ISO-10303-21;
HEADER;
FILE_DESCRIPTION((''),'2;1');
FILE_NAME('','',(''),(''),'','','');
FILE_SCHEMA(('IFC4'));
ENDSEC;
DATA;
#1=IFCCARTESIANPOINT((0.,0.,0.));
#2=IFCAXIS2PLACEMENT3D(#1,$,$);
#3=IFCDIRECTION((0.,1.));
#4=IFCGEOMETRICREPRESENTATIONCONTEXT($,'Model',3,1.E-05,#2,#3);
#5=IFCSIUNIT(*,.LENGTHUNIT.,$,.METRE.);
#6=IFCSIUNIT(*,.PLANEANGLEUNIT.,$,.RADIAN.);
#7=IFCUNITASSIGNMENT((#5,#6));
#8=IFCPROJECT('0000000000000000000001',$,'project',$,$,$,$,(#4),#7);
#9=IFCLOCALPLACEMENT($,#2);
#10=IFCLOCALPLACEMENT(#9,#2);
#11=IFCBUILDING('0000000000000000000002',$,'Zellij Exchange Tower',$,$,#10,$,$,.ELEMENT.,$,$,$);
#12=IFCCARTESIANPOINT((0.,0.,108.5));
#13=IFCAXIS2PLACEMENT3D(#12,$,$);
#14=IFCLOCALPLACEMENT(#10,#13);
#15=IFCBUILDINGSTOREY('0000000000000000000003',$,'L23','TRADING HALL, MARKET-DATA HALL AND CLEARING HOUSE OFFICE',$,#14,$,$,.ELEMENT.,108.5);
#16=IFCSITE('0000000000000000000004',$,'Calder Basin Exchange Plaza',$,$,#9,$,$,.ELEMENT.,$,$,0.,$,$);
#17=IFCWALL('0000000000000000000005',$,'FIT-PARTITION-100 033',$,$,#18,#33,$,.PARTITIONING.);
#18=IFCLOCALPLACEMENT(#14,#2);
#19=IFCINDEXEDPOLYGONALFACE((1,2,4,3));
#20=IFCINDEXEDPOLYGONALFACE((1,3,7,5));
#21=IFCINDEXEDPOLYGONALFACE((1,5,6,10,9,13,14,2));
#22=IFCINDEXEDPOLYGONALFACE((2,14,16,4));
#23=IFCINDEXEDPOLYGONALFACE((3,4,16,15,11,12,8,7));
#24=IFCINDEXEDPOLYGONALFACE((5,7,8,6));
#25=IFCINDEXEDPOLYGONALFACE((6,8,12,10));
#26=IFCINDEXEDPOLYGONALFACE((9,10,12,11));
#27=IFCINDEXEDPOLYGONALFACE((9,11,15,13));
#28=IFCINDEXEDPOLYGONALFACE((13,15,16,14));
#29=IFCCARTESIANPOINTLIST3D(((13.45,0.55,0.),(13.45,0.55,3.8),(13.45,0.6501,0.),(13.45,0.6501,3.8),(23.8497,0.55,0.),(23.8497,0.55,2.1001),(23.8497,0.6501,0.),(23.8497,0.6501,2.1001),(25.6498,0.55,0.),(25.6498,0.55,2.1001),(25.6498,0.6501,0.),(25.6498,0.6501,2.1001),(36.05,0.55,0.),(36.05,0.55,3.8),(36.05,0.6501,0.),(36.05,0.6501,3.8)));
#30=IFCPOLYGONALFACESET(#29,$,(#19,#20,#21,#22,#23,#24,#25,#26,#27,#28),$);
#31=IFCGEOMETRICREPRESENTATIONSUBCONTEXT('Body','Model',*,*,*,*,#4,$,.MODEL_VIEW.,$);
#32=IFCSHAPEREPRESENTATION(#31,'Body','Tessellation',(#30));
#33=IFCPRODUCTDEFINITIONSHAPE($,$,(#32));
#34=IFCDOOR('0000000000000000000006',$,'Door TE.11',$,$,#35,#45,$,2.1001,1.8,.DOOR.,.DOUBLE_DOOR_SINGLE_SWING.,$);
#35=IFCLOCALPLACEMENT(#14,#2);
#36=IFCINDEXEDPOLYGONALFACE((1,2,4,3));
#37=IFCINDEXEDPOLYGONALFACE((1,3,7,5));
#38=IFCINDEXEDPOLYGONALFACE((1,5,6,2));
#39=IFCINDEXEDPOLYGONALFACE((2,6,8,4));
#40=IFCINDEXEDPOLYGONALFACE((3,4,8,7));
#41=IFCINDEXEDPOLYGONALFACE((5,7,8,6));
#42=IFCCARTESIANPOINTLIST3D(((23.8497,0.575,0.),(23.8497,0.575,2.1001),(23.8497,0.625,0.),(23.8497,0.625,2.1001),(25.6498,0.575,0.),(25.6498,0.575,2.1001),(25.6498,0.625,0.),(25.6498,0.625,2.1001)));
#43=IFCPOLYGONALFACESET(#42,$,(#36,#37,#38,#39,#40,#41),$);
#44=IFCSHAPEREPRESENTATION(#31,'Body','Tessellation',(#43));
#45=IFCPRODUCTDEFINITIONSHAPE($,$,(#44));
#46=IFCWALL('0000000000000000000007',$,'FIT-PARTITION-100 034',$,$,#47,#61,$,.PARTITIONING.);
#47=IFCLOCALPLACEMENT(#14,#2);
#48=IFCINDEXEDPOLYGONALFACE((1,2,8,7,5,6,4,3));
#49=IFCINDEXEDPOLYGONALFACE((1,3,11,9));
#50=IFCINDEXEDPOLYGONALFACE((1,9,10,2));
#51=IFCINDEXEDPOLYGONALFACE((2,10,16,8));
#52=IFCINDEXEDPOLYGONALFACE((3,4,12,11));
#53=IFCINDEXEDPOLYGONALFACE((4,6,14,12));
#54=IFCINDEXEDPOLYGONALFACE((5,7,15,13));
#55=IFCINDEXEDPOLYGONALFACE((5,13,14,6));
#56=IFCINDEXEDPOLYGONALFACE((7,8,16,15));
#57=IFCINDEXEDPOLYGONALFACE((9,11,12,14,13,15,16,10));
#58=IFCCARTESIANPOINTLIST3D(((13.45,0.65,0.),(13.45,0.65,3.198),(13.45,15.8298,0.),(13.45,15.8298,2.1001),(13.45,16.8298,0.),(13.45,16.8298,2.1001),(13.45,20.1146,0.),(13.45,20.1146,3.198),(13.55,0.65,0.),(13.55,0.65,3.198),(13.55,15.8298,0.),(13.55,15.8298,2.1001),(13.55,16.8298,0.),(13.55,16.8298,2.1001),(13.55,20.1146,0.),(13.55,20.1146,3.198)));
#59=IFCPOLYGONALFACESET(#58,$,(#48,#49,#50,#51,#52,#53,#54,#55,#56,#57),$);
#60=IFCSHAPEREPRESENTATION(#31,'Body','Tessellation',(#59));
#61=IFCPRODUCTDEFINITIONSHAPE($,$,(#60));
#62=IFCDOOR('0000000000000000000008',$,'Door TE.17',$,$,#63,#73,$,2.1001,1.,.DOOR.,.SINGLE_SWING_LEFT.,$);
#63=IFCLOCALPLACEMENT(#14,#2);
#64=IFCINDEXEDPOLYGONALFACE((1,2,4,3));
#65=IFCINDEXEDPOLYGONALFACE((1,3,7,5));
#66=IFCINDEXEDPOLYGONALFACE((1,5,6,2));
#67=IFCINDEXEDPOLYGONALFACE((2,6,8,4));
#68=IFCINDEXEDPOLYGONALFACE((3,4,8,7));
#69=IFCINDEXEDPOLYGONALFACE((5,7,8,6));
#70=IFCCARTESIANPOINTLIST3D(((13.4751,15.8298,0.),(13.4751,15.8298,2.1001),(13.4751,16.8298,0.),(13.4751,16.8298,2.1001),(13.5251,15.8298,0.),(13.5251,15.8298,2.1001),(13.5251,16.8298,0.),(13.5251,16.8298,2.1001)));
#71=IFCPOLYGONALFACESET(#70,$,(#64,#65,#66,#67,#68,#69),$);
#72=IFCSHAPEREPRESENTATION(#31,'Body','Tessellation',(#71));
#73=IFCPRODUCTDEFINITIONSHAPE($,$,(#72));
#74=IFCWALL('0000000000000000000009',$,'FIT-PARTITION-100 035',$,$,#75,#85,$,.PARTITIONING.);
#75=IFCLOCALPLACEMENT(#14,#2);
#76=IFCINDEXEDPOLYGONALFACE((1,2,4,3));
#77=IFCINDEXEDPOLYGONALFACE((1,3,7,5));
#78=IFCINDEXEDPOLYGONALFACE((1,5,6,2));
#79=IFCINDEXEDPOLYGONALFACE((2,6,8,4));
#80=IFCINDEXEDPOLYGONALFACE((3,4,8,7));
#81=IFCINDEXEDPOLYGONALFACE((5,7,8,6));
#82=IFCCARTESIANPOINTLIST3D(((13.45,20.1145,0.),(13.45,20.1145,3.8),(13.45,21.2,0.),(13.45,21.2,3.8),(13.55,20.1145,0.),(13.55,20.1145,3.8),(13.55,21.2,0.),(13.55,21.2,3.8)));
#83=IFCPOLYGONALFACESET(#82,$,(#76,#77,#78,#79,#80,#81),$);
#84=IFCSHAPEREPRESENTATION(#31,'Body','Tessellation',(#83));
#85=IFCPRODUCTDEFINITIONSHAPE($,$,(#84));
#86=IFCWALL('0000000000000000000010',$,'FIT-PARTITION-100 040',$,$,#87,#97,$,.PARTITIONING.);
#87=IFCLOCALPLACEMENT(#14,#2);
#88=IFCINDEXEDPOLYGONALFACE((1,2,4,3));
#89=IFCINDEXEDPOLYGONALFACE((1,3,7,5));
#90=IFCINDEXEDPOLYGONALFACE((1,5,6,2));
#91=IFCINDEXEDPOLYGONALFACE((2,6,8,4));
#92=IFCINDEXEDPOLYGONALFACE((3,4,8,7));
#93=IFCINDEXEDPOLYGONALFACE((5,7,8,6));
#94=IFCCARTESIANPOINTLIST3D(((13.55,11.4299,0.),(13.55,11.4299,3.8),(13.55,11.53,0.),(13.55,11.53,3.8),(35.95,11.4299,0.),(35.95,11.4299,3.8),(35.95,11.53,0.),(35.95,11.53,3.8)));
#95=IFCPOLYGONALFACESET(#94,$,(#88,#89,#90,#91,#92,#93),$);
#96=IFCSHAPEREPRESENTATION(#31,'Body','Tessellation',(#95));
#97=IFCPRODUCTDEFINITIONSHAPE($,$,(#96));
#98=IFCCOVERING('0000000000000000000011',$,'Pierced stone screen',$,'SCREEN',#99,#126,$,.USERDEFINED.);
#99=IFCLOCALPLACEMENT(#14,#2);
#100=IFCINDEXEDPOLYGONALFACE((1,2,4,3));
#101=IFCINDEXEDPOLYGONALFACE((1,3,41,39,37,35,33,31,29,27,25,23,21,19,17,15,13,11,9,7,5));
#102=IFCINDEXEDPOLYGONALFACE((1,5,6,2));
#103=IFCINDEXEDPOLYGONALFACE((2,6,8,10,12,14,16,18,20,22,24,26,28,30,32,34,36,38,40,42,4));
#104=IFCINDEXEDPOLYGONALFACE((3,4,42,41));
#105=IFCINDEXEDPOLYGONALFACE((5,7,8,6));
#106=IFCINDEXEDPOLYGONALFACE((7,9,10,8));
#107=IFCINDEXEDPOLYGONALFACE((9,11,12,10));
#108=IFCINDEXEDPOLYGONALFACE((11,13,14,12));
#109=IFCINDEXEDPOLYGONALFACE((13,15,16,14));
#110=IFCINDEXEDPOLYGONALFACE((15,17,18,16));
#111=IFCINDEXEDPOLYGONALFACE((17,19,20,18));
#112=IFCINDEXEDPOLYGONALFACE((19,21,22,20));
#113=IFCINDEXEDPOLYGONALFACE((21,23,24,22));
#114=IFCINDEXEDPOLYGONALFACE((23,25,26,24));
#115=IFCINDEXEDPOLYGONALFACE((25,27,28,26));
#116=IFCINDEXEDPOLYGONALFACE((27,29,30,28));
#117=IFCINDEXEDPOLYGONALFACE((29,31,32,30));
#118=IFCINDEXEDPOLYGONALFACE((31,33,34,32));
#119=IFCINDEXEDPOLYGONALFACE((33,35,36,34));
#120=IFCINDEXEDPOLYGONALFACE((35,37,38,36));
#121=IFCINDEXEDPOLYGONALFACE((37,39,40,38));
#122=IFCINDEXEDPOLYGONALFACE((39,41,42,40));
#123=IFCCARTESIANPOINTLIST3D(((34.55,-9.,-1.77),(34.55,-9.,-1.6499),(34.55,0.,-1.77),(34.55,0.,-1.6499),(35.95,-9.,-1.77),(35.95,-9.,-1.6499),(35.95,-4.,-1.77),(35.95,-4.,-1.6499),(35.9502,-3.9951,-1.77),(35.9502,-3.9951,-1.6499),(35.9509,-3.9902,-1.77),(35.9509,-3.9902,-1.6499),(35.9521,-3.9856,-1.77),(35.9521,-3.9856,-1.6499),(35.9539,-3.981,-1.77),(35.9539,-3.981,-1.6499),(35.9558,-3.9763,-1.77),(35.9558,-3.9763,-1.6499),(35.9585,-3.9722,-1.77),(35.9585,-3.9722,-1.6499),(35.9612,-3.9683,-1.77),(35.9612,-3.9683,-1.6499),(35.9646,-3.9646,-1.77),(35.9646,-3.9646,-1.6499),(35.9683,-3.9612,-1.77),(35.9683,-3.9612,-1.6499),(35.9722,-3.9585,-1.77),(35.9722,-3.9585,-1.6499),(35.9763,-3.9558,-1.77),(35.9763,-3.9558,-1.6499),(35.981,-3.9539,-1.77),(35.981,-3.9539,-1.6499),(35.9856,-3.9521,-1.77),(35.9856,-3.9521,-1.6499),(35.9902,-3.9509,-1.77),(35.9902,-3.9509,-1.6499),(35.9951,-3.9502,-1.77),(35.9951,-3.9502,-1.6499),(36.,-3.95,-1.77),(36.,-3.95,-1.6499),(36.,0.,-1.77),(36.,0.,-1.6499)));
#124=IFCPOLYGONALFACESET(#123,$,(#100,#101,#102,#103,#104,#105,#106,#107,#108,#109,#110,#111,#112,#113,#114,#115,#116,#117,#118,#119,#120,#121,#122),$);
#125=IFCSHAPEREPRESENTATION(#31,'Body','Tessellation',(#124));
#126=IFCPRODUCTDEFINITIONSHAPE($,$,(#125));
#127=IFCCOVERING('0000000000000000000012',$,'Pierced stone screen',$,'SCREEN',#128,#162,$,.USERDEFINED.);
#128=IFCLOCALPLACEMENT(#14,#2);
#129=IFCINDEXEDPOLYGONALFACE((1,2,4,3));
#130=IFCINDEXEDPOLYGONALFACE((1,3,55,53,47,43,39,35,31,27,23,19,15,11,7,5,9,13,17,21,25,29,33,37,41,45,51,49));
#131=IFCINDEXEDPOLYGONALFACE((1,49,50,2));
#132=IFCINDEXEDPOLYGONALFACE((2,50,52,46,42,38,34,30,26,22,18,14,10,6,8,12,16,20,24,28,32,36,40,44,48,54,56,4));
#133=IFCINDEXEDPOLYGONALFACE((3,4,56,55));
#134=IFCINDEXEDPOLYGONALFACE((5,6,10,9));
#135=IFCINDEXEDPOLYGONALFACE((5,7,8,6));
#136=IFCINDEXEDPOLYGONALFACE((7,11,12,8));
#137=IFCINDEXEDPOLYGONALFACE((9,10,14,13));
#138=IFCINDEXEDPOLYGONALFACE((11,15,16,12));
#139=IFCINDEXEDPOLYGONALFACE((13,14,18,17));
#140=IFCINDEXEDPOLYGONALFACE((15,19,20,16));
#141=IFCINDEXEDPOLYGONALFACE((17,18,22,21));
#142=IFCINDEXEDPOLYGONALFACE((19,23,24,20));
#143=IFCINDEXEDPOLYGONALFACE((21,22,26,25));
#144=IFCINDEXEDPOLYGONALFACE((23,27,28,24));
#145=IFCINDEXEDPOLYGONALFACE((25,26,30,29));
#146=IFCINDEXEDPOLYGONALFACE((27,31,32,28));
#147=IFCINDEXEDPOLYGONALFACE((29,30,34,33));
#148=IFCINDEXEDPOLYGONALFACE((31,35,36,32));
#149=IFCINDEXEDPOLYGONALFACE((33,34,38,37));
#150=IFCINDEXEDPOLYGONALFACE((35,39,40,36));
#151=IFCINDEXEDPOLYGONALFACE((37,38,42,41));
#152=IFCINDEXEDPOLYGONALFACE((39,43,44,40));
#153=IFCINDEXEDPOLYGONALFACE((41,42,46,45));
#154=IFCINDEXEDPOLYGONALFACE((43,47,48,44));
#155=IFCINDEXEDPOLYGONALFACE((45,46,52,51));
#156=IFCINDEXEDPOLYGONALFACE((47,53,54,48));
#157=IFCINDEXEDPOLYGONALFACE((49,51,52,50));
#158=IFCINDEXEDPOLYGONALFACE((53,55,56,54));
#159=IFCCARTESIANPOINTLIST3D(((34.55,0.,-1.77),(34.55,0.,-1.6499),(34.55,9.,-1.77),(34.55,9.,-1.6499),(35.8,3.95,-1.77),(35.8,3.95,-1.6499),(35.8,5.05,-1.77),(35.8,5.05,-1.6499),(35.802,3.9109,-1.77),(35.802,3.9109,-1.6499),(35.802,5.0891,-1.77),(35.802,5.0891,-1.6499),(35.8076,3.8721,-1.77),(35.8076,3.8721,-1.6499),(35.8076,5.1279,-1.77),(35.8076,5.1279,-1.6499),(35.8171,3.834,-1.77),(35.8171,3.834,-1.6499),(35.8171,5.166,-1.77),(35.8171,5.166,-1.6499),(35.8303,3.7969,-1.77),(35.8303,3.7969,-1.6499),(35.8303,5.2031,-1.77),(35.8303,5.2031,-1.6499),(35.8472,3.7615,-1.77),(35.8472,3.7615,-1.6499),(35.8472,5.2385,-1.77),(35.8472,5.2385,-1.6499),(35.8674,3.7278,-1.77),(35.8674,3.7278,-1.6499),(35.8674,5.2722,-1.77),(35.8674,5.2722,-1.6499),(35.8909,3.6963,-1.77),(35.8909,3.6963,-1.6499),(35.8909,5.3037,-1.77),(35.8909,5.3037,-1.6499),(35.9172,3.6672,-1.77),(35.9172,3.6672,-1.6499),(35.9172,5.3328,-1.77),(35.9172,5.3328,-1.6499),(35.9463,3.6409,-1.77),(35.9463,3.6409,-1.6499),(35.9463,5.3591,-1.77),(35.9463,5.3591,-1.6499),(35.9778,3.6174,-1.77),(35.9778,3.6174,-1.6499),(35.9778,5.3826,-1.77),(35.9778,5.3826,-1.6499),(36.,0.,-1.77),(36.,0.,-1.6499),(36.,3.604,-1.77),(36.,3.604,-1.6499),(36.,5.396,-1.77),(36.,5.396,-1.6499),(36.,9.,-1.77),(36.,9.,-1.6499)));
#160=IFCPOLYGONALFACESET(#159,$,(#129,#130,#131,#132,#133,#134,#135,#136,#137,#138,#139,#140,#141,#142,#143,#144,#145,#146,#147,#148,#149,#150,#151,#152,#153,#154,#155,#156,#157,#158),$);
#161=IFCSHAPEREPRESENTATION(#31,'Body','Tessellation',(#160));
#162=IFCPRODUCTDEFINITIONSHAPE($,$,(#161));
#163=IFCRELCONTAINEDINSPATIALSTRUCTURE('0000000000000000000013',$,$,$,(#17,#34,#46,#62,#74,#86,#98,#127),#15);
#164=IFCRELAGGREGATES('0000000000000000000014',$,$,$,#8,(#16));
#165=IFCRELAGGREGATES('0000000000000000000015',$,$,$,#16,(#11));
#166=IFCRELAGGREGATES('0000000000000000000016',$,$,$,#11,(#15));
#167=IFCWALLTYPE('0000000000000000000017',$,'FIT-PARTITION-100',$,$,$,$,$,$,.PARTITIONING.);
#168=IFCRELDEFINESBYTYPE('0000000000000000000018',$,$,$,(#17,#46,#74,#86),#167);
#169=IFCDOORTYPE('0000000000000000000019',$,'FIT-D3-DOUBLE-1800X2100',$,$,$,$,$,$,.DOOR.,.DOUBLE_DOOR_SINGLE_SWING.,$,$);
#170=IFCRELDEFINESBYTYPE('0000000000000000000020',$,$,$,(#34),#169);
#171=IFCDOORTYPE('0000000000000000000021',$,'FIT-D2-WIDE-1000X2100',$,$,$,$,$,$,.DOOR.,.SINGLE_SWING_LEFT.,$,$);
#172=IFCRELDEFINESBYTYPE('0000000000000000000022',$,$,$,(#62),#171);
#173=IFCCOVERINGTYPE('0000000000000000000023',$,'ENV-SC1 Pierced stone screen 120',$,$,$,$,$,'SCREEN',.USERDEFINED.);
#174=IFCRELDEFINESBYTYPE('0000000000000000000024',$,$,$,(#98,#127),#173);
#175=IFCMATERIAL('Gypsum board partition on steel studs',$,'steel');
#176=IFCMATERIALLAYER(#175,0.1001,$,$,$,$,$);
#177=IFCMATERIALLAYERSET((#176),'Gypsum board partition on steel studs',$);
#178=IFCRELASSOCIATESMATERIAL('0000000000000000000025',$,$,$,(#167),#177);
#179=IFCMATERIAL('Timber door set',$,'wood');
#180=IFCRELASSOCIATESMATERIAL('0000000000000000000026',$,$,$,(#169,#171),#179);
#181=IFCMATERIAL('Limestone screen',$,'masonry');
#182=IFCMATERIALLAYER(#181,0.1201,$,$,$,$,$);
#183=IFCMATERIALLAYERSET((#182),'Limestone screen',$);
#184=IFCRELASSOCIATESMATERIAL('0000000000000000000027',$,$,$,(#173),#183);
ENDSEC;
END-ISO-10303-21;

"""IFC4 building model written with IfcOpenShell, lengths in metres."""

from ifc_helpers import new_model, si_unit, direction, frame, frame_2d, origin, place, context, subcontext, project, spatial, polyline, rectangle, outline, extrude, material, layer, layer_set, type_object, element, fill, save


model = new_model("IFC4")

# Units and contexts
model_context = context("Model", 3, precision=1e-05, world=origin(), true_north=direction((0.0, 1.0)))
body_context = subcontext(model_context, "Body", "Model", "MODEL_VIEW")
ifc_project = project(units=[si_unit("LENGTHUNIT", "METRE"), si_unit("PLANEANGLEUNIT", "RADIAN")], contexts=[model_context])

# Site, building, storey
site_placement = place(None, origin())
site = spatial("IfcSite", under=ifc_project, at=site_placement, Name="Calder Basin Exchange Plaza", CompositionType="ELEMENT", RefElevation=0.0)
building_placement = place(site_placement, origin())
building = spatial("IfcBuilding", under=site, at=building_placement, Name="Zellij Exchange Tower", CompositionType="ELEMENT")
storey_placement = place(building_placement, frame((0.0, 0.0, 108.5)))
storey = spatial("IfcBuildingStorey", under=building, at=storey_placement, Name="L23", Description="TRADING HALL, MARKET-DATA HALL AND CLEARING HOUSE OFFICE", CompositionType="ELEMENT", Elevation=108.5)

# Shared definitions
ifc_material_1 = material(Name="Gypsum board partition on steel studs", Category="steel")
ifc_layer_1 = layer(ifc_material_1, 0.1001)
ifc_layer_set_1 = layer_set([ifc_layer_1], Name="Gypsum board partition on steel studs")
wall_type = type_object("IfcWallType", Name="FIT-PARTITION-100", PredefinedType="PARTITIONING", material=ifc_layer_set_1)

# Walls, openings, doors
wall_1_placement = place(storey_placement, frame((13.45, 0.6001, 0.0), z_axis=(0.0, 0.0, 1.0), x_axis=(1.0, 0.0, 0.0)))
wall_1 = element("IfcWall", 1, at=wall_1_placement, inside=storey, type_object=wall_type, Name="FIT-PARTITION-100 033", PredefinedType="PARTITIONING", context=body_context, shape_type="SweptSolid", body=[
    extrude(rectangle(XDim=22.6001, YDim=0.1001, at=frame_2d((11.3, 0.0))), origin(), (0.0, 0.0, 1.0), 3.8),
])
opening_1_placement = place(wall_1_placement, frame((10.3999, 0.0, 0.0)))
opening_1 = element("IfcOpeningElement", 2, at=opening_1_placement, cuts=wall_1, PredefinedType="OPENING", context=body_context, shape_type="SweptSolid", body=[
    extrude(rectangle(XDim=1.8, YDim=2.1001, at=frame_2d((0.8999, 1.05))), frame((0.0, 0.062, 0.0), z_axis=(0.0, -1.0, 0.0), x_axis=(1.0, 0.0, 0.0)), (0.0, 0.0, 1.0), 0.124),
])
ifc_material_2 = material(Name="Timber door set", Category="wood")
door_type_1 = type_object("IfcDoorType", Name="FIT-D3-DOUBLE-1800X2100", OperationType="DOUBLE_DOOR_SINGLE_SWING", PredefinedType="DOOR", material=ifc_material_2)
door_1_placement = place(opening_1_placement, origin())
door_1 = element("IfcDoor", 3, at=door_1_placement, inside=storey, type_object=door_type_1, Name="Door TE.11", OperationType="DOUBLE_DOOR_SINGLE_SWING", OverallHeight=2.1001, OverallWidth=1.8, PredefinedType="DOOR", context=body_context, shape_type="SweptSolid", body=[
    extrude(rectangle(XDim=1.8, YDim=2.1001, at=frame_2d((0.8999, 1.05))), frame((0.0, 0.0249, 0.0), z_axis=(0.0, -1.0, 0.0), x_axis=(1.0, 0.0, 0.0)), (0.0, 0.0, 1.0), 0.05),
])
fill(opening_1, door_1)
wall_2_placement = place(storey_placement, frame((13.5, 0.6499, 0.0), z_axis=(0.0, 0.0, 1.0), x_axis=(0.0, 1.0, 0.0)))
wall_2 = element("IfcWall", 4, at=wall_2_placement, inside=storey, type_object=wall_type, Name="FIT-PARTITION-100 034", PredefinedType="PARTITIONING", context=body_context, shape_type="SweptSolid", body=[
    extrude(rectangle(XDim=19.4646, YDim=0.1001, at=frame_2d((9.7324, 0.0))), origin(), (0.0, 0.0, 1.0), 3.198),
])
opening_2_placement = place(wall_2_placement, frame((15.1799, 0.0, 0.0)))
opening_2 = element("IfcOpeningElement", 5, at=opening_2_placement, cuts=wall_2, PredefinedType="OPENING", context=body_context, shape_type="SweptSolid", body=[
    extrude(rectangle(XDim=1.0, YDim=2.1001, at=frame_2d((0.5, 1.05))), frame((0.0, 0.062, 0.0), z_axis=(0.0, -1.0, 0.0), x_axis=(1.0, 0.0, 0.0)), (0.0, 0.0, 1.0), 0.124),
])
door_type_2 = type_object("IfcDoorType", Name="FIT-D2-WIDE-1000X2100", OperationType="SINGLE_SWING_LEFT", PredefinedType="DOOR", material=ifc_material_2)
door_2_placement = place(opening_2_placement, origin())
door_2 = element("IfcDoor", 6, at=door_2_placement, inside=storey, type_object=door_type_2, Name="Door TE.17", OperationType="SINGLE_SWING_LEFT", OverallHeight=2.1001, OverallWidth=1.0, PredefinedType="DOOR", context=body_context, shape_type="SweptSolid", body=[
    extrude(rectangle(XDim=1.0, YDim=2.1001, at=frame_2d((0.5, 1.05))), frame((0.0, 0.0249, 0.0), z_axis=(0.0, -1.0, 0.0), x_axis=(1.0, 0.0, 0.0)), (0.0, 0.0, 1.0), 0.05),
])
fill(opening_2, door_2)

# Walls
wall_3_placement = place(storey_placement, frame((13.5, 20.1145, 0.0), z_axis=(0.0, 0.0, 1.0), x_axis=(0.0, 1.0, 0.0)))
element("IfcWall", 7, at=wall_3_placement, inside=storey, type_object=wall_type, Name="FIT-PARTITION-100 035", PredefinedType="PARTITIONING", context=body_context, shape_type="SweptSolid", body=[
    extrude(rectangle(XDim=1.0854, YDim=0.1001, at=frame_2d((0.5427, 0.0))), origin(), (0.0, 0.0, 1.0), 3.8),
])
wall_4_placement = place(storey_placement, frame((13.55, 11.48, 0.0), z_axis=(0.0, 0.0, 1.0), x_axis=(1.0, 0.0, 0.0)))
element("IfcWall", 8, at=wall_4_placement, inside=storey, type_object=wall_type, Name="FIT-PARTITION-100 040", PredefinedType="PARTITIONING", context=body_context, shape_type="SweptSolid", body=[
    extrude(rectangle(XDim=22.3999, YDim=0.1001, at=frame_2d((11.2, 0.0))), origin(), (0.0, 0.0, 1.0), 3.8),
])

# Coverings
ifc_material_3 = material(Name="Limestone screen", Category="masonry")
ifc_layer_2 = layer(ifc_material_3, 0.1201)
ifc_layer_set_2 = layer_set([ifc_layer_2], Name="Limestone screen")
covering_type = type_object("IfcCoveringType", Name="ENV-SC1 Pierced stone screen 120", ElementType="SCREEN", PredefinedType="USERDEFINED", material=ifc_layer_set_2)
covering_1_placement = place(storey_placement, frame((0.0, 0.0, -1.77)))
element("IfcCovering", 9, at=covering_1_placement, inside=storey, type_object=covering_type, Name="Pierced stone screen", ObjectType="SCREEN", PredefinedType="USERDEFINED", context=body_context, shape_type="SweptSolid", body=[
    extrude(outline(polyline([(34.55, 0.0), (36.0, 0.0), (36.0, -3.95), (35.9951, -3.9502), (35.9902, -3.9509), (35.9856, -3.9521), (35.981, -3.9539), (35.9763, -3.9558), (35.9722, -3.9585), (35.9683, -3.9612), (35.9646, -3.9646), (35.9612, -3.9683), (35.9585, -3.9722), (35.9558, -3.9763), (35.9539, -3.981), (35.9521, -3.9856), (35.9509, -3.9902), (35.9502, -3.9951), (35.95, -4.0), (35.95, -9.0), (34.55, -9.0), (34.55, 0.0)])), origin(), (0.0, 0.0, 1.0), 0.1201),
])
covering_2_placement = place(storey_placement, frame((0.0, 0.0, -1.77)))
element("IfcCovering", 10, at=covering_2_placement, inside=storey, type_object=covering_type, Name="Pierced stone screen", ObjectType="SCREEN", PredefinedType="USERDEFINED", context=body_context, shape_type="SweptSolid", body=[
    extrude(outline(polyline([(34.55, 9.0), (36.0, 9.0), (36.0, 5.396), (35.9778, 5.3826), (35.9463, 5.3591), (35.9172, 5.3328), (35.8909, 5.3037), (35.8674, 5.2722), (35.8472, 5.2385), (35.8303, 5.2031), (35.8171, 5.166), (35.8076, 5.1279), (35.802, 5.0891), (35.8, 5.05), (35.8, 3.95), (35.802, 3.9109), (35.8076, 3.8721), (35.8171, 3.834), (35.8303, 3.7969), (35.8472, 3.7615), (35.8674, 3.7278), (35.8909, 3.6963), (35.9172, 3.6672), (35.9463, 3.6409), (35.9778, 3.6174), (36.0, 3.604), (36.0, 0.0), (34.55, 0.0), (34.55, 9.0)])), origin(), (0.0, 0.0, 1.0), 0.1201),
])

save(model, "model.ifc")
